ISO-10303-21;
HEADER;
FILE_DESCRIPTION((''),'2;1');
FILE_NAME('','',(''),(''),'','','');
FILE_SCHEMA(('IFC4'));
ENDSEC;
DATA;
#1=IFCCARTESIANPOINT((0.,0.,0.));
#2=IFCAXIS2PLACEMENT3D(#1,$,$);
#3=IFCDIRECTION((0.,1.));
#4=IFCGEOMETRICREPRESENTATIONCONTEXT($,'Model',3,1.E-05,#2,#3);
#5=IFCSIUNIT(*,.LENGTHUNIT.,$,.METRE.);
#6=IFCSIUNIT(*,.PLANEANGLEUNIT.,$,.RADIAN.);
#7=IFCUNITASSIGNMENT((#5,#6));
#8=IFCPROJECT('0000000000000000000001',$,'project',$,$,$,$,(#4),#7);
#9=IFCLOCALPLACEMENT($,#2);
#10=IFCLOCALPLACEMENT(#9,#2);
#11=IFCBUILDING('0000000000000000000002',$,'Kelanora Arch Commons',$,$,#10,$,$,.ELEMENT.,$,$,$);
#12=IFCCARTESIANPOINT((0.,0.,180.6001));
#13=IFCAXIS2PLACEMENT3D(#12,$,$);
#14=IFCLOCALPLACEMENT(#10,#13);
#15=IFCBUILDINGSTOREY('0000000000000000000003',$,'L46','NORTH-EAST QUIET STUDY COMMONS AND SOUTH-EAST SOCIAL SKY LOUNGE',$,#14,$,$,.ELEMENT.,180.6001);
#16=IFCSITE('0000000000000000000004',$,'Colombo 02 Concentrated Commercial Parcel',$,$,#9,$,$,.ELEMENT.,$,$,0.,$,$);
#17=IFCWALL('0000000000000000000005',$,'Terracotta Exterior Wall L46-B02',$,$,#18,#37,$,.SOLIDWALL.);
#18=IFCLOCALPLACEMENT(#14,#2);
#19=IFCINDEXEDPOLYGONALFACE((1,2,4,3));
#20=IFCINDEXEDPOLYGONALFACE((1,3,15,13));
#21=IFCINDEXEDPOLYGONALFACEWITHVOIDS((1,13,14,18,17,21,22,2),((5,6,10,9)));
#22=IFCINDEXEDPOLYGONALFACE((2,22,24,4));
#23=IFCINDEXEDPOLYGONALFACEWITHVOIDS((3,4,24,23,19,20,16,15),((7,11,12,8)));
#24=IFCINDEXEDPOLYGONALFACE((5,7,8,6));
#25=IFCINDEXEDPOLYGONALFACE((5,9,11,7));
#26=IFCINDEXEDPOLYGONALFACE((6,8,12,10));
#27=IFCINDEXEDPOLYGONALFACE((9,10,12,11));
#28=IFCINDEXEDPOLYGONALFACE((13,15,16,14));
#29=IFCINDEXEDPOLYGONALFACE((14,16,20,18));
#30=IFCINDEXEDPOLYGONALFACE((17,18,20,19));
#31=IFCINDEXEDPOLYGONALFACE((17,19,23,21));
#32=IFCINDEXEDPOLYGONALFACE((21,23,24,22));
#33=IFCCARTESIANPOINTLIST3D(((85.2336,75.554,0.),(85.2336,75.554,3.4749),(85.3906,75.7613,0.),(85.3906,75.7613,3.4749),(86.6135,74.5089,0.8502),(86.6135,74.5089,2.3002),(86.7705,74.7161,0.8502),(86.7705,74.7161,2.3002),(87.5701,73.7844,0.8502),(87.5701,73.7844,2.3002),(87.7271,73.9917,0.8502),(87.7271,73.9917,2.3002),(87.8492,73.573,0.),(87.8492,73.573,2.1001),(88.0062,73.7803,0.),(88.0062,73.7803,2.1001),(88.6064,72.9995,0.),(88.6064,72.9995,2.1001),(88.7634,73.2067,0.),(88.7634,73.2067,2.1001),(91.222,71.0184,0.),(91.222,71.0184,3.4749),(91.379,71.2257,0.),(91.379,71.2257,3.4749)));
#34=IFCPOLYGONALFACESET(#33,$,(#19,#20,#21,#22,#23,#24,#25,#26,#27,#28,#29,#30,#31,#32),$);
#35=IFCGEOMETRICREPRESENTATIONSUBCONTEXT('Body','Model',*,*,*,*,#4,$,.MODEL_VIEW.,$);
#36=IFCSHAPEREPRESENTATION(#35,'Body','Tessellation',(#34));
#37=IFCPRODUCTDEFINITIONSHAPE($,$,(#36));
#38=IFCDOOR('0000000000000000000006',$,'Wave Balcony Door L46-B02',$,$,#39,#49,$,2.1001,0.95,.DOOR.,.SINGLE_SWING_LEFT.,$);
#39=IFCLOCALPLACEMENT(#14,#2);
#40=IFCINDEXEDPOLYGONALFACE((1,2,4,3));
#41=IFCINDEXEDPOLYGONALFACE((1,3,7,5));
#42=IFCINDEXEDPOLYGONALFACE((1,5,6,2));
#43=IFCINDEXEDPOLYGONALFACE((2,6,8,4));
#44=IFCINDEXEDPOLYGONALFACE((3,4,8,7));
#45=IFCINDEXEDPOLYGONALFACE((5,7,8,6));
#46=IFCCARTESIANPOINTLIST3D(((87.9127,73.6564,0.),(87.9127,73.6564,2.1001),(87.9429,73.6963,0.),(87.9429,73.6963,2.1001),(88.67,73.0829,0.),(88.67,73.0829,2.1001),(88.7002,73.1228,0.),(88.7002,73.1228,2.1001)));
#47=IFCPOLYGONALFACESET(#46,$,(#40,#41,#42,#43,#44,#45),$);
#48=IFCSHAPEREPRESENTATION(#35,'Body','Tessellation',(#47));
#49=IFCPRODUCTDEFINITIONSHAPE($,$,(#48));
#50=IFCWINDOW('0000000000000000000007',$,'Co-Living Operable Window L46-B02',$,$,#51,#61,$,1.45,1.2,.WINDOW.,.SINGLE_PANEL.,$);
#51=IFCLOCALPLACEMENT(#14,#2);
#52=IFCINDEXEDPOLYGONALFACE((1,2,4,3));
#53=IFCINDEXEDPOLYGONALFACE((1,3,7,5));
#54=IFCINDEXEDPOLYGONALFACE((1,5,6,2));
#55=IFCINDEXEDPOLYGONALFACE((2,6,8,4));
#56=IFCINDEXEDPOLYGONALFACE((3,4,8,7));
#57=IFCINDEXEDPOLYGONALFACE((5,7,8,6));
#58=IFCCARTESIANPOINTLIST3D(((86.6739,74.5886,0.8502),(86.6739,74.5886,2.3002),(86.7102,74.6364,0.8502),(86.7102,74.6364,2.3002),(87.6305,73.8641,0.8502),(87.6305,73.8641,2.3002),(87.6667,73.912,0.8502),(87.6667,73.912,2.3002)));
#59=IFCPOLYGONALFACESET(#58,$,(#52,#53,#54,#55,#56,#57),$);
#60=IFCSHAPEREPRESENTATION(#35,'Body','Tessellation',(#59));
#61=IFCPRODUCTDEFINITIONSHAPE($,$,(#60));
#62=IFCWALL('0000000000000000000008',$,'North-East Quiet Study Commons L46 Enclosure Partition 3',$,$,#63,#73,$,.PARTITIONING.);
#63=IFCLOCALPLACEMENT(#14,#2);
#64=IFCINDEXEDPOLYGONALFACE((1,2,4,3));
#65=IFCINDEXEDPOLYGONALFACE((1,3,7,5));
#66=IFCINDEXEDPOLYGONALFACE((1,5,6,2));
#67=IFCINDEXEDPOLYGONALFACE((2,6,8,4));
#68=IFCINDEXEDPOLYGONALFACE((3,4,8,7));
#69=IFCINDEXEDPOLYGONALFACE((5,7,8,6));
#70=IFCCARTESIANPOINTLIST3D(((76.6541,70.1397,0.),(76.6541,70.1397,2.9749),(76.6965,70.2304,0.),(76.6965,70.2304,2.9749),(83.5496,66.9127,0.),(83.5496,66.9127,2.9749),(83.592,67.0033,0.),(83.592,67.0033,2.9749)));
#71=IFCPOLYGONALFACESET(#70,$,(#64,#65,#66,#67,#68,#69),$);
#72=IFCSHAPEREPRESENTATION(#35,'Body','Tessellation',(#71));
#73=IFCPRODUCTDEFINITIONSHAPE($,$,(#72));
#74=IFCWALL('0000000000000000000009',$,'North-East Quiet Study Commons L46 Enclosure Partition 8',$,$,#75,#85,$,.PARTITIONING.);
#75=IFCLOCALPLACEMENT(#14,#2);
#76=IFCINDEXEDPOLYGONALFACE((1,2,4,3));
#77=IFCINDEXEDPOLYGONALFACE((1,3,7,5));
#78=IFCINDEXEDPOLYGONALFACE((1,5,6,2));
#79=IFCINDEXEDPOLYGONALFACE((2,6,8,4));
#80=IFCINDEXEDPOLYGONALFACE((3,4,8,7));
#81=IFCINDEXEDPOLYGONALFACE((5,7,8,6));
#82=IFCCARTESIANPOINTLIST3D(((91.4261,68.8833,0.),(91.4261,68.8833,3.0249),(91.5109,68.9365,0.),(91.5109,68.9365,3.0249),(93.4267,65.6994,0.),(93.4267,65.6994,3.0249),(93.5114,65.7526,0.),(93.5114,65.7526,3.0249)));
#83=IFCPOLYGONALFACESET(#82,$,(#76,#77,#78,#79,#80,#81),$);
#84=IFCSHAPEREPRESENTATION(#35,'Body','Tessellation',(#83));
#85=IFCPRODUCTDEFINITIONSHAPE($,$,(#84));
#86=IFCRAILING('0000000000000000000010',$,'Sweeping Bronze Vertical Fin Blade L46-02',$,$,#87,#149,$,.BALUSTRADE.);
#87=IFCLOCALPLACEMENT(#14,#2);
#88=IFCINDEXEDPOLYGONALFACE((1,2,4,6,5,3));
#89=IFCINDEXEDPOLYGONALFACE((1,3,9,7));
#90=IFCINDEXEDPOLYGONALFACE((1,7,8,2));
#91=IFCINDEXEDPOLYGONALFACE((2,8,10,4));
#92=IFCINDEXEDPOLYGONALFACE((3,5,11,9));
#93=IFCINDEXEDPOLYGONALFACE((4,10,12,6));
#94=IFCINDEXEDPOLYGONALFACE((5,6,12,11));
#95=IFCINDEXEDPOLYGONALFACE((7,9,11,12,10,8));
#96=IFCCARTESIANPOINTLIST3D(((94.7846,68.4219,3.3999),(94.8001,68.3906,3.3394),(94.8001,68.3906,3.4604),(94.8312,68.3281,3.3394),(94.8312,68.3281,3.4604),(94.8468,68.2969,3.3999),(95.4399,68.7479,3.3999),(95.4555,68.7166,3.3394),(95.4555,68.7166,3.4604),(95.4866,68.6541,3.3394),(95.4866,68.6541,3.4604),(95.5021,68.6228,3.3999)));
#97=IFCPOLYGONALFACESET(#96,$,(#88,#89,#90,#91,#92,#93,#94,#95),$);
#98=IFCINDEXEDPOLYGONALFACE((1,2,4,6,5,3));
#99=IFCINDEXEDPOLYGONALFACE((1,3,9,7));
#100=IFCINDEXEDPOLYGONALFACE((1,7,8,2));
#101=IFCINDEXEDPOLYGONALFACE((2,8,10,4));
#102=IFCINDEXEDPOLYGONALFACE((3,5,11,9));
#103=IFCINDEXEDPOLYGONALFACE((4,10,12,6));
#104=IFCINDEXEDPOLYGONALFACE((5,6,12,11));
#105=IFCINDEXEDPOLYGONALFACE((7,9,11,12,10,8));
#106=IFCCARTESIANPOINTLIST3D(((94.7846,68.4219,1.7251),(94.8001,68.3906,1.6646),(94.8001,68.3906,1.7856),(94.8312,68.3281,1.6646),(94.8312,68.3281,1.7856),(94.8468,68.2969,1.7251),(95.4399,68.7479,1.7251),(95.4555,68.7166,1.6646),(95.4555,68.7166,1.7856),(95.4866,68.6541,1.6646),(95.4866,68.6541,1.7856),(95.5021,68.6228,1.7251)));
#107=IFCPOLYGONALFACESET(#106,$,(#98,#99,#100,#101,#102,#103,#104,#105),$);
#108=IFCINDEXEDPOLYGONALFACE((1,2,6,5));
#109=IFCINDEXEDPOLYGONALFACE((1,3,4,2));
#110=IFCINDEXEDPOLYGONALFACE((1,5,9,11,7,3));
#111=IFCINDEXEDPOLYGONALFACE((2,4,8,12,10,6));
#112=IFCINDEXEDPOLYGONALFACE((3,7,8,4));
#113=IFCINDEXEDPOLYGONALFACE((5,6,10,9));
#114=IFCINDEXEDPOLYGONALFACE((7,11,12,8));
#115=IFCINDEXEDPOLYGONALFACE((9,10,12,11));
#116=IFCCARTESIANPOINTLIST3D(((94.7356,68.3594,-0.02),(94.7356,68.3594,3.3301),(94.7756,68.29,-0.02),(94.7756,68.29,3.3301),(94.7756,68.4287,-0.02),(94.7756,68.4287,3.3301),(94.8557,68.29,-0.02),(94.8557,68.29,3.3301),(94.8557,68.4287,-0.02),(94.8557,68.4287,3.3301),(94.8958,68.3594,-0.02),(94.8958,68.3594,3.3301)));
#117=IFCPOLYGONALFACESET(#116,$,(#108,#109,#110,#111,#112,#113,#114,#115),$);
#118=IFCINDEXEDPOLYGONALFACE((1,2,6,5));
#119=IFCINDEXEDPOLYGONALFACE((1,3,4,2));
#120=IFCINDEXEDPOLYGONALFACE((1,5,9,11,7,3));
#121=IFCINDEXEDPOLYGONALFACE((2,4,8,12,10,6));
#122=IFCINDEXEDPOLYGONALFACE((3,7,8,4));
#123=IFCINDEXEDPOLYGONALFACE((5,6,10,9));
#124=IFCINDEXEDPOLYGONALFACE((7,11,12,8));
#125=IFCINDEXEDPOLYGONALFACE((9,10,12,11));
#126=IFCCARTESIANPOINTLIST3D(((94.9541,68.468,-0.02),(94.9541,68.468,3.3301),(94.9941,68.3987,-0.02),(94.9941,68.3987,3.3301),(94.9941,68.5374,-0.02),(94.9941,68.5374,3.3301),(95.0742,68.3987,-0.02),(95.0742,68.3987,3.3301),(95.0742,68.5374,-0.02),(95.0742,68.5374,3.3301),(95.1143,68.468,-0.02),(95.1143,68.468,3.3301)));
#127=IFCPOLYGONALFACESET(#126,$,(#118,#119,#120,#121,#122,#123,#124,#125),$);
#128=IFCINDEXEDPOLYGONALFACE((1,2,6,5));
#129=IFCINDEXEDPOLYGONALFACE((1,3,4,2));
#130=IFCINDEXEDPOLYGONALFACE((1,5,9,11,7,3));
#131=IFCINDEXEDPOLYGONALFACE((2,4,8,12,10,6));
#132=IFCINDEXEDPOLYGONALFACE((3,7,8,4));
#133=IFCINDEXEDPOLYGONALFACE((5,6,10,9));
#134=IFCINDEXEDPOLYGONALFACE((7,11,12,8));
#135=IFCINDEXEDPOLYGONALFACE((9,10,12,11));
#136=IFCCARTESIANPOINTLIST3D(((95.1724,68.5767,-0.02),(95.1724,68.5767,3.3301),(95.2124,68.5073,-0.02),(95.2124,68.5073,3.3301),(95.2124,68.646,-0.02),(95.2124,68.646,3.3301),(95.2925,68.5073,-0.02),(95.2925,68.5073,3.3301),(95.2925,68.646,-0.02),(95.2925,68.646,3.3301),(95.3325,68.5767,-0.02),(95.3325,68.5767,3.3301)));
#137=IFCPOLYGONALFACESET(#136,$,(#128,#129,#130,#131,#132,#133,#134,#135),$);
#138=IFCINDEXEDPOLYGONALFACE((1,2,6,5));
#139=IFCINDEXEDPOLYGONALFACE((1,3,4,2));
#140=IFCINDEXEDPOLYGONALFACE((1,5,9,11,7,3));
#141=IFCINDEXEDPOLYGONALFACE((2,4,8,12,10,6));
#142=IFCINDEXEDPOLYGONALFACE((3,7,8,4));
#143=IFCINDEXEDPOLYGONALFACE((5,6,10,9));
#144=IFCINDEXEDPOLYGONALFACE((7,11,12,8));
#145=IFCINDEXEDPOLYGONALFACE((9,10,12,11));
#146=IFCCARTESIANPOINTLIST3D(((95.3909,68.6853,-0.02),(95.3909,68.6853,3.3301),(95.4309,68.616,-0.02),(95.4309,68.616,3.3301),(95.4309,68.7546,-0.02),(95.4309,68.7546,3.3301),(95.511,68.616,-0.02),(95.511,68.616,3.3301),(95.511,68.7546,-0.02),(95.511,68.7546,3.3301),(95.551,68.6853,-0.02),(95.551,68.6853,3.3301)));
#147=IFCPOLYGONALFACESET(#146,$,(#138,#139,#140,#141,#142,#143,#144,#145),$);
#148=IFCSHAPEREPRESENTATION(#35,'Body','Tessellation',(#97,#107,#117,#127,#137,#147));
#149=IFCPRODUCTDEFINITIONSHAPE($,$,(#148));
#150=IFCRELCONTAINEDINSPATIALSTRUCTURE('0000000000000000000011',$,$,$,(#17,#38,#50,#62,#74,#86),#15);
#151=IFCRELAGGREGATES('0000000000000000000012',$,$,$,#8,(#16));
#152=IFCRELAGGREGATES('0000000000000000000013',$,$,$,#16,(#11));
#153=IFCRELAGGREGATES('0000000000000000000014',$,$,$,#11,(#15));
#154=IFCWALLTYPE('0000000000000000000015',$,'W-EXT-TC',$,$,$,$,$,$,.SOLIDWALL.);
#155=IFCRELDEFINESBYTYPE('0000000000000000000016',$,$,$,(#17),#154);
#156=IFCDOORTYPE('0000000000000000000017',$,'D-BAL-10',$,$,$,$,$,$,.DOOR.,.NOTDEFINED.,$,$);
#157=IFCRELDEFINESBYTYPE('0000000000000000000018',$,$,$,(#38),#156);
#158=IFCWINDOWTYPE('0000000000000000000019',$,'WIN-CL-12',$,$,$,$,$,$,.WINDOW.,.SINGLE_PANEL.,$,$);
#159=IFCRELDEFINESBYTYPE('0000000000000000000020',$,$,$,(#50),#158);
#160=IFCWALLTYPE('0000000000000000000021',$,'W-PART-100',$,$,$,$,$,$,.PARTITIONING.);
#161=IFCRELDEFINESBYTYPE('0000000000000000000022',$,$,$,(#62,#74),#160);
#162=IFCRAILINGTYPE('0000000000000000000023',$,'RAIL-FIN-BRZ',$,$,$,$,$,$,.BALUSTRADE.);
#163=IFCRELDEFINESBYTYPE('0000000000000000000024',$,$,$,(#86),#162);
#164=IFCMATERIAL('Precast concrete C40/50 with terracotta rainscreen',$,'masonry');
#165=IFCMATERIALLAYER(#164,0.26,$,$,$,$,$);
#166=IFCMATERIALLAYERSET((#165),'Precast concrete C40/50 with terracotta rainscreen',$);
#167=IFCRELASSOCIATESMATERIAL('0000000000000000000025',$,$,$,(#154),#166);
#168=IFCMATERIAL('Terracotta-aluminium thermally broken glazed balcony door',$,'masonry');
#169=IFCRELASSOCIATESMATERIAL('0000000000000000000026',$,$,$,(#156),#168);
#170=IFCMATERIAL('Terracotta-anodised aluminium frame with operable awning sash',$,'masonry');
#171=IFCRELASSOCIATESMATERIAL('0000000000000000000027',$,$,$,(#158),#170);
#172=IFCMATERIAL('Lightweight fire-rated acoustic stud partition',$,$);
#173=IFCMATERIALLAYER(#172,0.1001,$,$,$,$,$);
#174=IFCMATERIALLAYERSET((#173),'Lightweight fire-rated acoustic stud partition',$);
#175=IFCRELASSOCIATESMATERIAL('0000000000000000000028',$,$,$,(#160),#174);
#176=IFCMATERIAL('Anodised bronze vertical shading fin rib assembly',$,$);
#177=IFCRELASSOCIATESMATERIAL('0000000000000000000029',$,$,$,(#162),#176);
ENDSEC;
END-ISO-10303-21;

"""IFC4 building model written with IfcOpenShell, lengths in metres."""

from ifc_helpers import new_model, si_unit, direction, frame, frame_2d, origin, place, context, subcontext, project, spatial, polyline, rectangle, outline, extrude, material, layer, layer_set, type_object, element, fill, save


model = new_model("IFC4")

# Units and contexts
model_context = context("Model", 3, precision=1e-05, world=origin(), true_north=direction((0.0, 1.0)))
body_context = subcontext(model_context, "Body", "Model", "MODEL_VIEW")
ifc_project = project(units=[si_unit("LENGTHUNIT", "METRE"), si_unit("PLANEANGLEUNIT", "RADIAN")], contexts=[model_context])

# Site, building, storey
site_placement = place(None, origin())
site = spatial("IfcSite", under=ifc_project, at=site_placement, Name="Colombo 02 Concentrated Commercial Parcel", CompositionType="ELEMENT", RefElevation=0.0)
building_placement = place(site_placement, origin())
building = spatial("IfcBuilding", under=site, at=building_placement, Name="Kelanora Arch Commons", CompositionType="ELEMENT")
storey_placement = place(building_placement, frame((0.0, 0.0, 180.6001)))
storey = spatial("IfcBuildingStorey", under=building, at=storey_placement, Name="L46", Description="NORTH-EAST QUIET STUDY COMMONS AND SOUTH-EAST SOCIAL SKY LOUNGE", CompositionType="ELEMENT", Elevation=180.6001)

# Shared definitions
ifc_material_1 = material(Name="Precast concrete C40/50 with terracotta rainscreen", Category="masonry")
ifc_layer_1 = layer(ifc_material_1, 0.26)
ifc_layer_set_1 = layer_set([ifc_layer_1], Name="Precast concrete C40/50 with terracotta rainscreen")
wall_type_1 = type_object("IfcWallType", Name="W-EXT-TC", PredefinedType="SOLIDWALL", material=ifc_layer_set_1)

# Wall, openings, door, window
wall_1_placement = place(storey_placement, frame((91.3005, 71.1221, 0.0), z_axis=(0.0, 0.0, 1.0), x_axis=(-0.797164, 0.603763, 0.0)))
wall_1 = element("IfcWall", 1, at=wall_1_placement, inside=storey, type_object=wall_type_1, Name="Terracotta Exterior Wall L46-B02", PredefinedType="SOLIDWALL", context=body_context, shape_type="SweptSolid", body=[
    extrude(rectangle(XDim=7.5122, YDim=0.26, at=frame_2d((3.7561, 0.0))), origin(), (0.0, 0.0, 1.0), 3.4749),
])
opening_1_placement = place(wall_1_placement, frame((3.281, 0.0, 0.0)))
opening_1 = element("IfcOpeningElement", 2, at=opening_1_placement, cuts=wall_1, PredefinedType="OPENING", context=body_context, shape_type="SweptSolid", body=[
    extrude(rectangle(XDim=0.95, YDim=2.1001, at=frame_2d((0.4751, 1.05))), frame((0.0, 0.1401, 0.0), z_axis=(0.0, -1.0, 0.0), x_axis=(1.0, 0.0, 0.0)), (0.0, 0.0, 1.0), 0.28),
])
opening_2_placement = place(wall_1_placement, frame((4.5811, 0.0, 0.8501)))
opening_2 = element("IfcOpeningElement", 3, at=opening_2_placement, cuts=wall_1, PredefinedType="OPENING", context=body_context, shape_type="SweptSolid", body=[
    extrude(rectangle(XDim=1.2, YDim=1.45, at=frame_2d((0.6001, 0.7251))), frame((0.0, 0.1401, 0.0), z_axis=(0.0, -1.0, 0.0), x_axis=(1.0, 0.0, 0.0)), (0.0, 0.0, 1.0), 0.28),
])
ifc_material_2 = material(Name="Terracotta-aluminium thermally broken glazed balcony door", Category="masonry")
door_type = type_object("IfcDoorType", Name="D-BAL-10", OperationType="NOTDEFINED", PredefinedType="DOOR", material=ifc_material_2)
door_placement = place(opening_1_placement, frame((0.95, 0.0, 0.0), z_axis=(0.0, 0.0, 1.0), x_axis=(-1.0, 0.0, 0.0)))
door = element("IfcDoor", 4, at=door_placement, inside=storey, type_object=door_type, Name="Wave Balcony Door L46-B02", OperationType="SINGLE_SWING_LEFT", OverallHeight=2.1001, OverallWidth=0.95, PredefinedType="DOOR", context=body_context, shape_type="SweptSolid", body=[
    extrude(rectangle(XDim=0.95, YDim=2.1001, at=frame_2d((0.4751, 1.05))), frame((0.0, 0.0249, 0.0), z_axis=(0.0, -1.0, 0.0), x_axis=(1.0, 0.0, 0.0)), (0.0, 0.0, 1.0), 0.05),
])
fill(opening_1, door)
ifc_material_3 = material(Name="Terracotta-anodised aluminium frame with operable awning sash", Category="masonry")
window_type_1 = type_object("IfcWindowType", Name="WIN-CL-12", PartitioningType="SINGLE_PANEL", PredefinedType="WINDOW", material=ifc_material_3)
window_1_placement = place(opening_2_placement, origin())
window_1 = element("IfcWindow", 5, at=window_1_placement, inside=storey, type_object=window_type_1, Name="Co-Living Operable Window L46-B02", OverallHeight=1.45, OverallWidth=1.2, PartitioningType="SINGLE_PANEL", PredefinedType="WINDOW", context=body_context, shape_type="SweptSolid", body=[
    extrude(rectangle(XDim=1.2, YDim=1.45, at=frame_2d((0.6001, 0.7251))), frame((0.0, 0.03, 0.0), z_axis=(0.0, -1.0, 0.0), x_axis=(1.0, 0.0, 0.0)), (0.0, 0.0, 1.0), 0.0601),
])
fill(opening_2, window_1)

# Walls
ifc_material_4 = material(Name="Lightweight fire-rated acoustic stud partition")
ifc_layer_2 = layer(ifc_material_4, 0.1001)
ifc_layer_set_2 = layer_set([ifc_layer_2], Name="Lightweight fire-rated acoustic stud partition")
wall_type_2 = type_object("IfcWallType", Name="W-PART-100", PredefinedType="PARTITIONING", material=ifc_layer_set_2)
wall_2_placement = place(storey_placement, frame((83.5708, 66.958, 0.0), z_axis=(0.0, 0.0, 1.0), x_axis=(-0.905722, 0.423872, 0.0)))
element("IfcWall", 6, at=wall_2_placement, inside=storey, type_object=wall_type_2, Name="North-East Quiet Study Commons L46 Enclosure Partition 3", PredefinedType="PARTITIONING", context=body_context, shape_type="SweptSolid", body=[
    extrude(rectangle(XDim=7.6133, YDim=0.1001, at=frame_2d((3.8066, 0.0))), origin(), (0.0, 0.0, 1.0), 2.9749),
])
wall_3_placement = place(storey_placement, frame((91.4685, 68.9099, 0.0), z_axis=(0.0, 0.0, 1.0), x_axis=(0.532023, -0.84673, 0.0)))
element("IfcWall", 7, at=wall_3_placement, inside=storey, type_object=wall_type_2, Name="North-East Quiet Study Commons L46 Enclosure Partition 8", PredefinedType="PARTITIONING", context=body_context, shape_type="SweptSolid", body=[
    extrude(rectangle(XDim=3.7603, YDim=0.1001, at=frame_2d((1.8801, 0.0))), origin(), (0.0, 0.0, 1.0), 3.0249),
])

# Railing
ifc_material_5 = material(Name="Anodised bronze vertical shading fin rib assembly")
railing_type = type_object("IfcRailingType", Name="RAIL-FIN-BRZ", PredefinedType="BALUSTRADE", material=ifc_material_5)
railing_1_placement = place(storey_placement, frame((94.8157, 68.3594, -0.02)))
element("IfcRailing", 8, at=railing_1_placement, inside=storey, type_object=railing_type, Name="Sweeping Bronze Vertical Fin Blade L46-02", PredefinedType="BALUSTRADE", context=body_context, shape_type="SweptSolid", body=[
    extrude(outline(polyline([(0.0698, 0.0), (0.0349, 0.0605), (-0.0349, 0.0605), (-0.0698, 0.0), (-0.0349, -0.0605), (0.0349, -0.0605), (0.0698, 0.0)])), frame((0.0, 0.0, 3.4199), z_axis=(0.895359, 0.445345, 0.0), x_axis=(-0.445345, 0.895359, 0.0)), (0.0, 0.0, 1.0), 0.7319),
    extrude(outline(polyline([(0.0698, 0.0), (0.0349, 0.0605), (-0.0349, 0.0605), (-0.0698, 0.0), (-0.0349, -0.0605), (0.0349, -0.0605), (0.0698, 0.0)])), frame((0.0, 0.0, 1.7451), z_axis=(0.895359, 0.445345, 0.0), x_axis=(-0.445345, 0.895359, 0.0)), (0.0, 0.0, 1.0), 0.7319),
    extrude(outline(polyline([(0.0801, 0.0), (0.04, 0.0693), (-0.04, 0.0693), (-0.0801, 0.0), (-0.04, -0.0693), (0.04, -0.0693), (0.0801, 0.0)])), origin(), (0.0, 0.0, 1.0), 3.3501),
    extrude(outline(polyline([(0.0801, 0.0), (0.04, 0.0693), (-0.04, 0.0693), (-0.0801, 0.0), (-0.04, -0.0693), (0.04, -0.0693), (0.0801, 0.0)])), frame((0.2185, 0.1086, 0.0)), (0.0, 0.0, 1.0), 3.3501),
    extrude(outline(polyline([(0.0801, 0.0), (0.04, 0.0693), (-0.04, 0.0693), (-0.0801, 0.0), (-0.04, -0.0693), (0.04, -0.0693), (0.0801, 0.0)])), frame((0.4368, 0.2173, 0.0)), (0.0, 0.0, 1.0), 3.3501),
    extrude(outline(polyline([(0.0801, 0.0), (0.04, 0.0693), (-0.04, 0.0693), (-0.0801, 0.0), (-0.04, -0.0693), (0.04, -0.0693), (0.0801, 0.0)])), frame((0.6553, 0.3259, 0.0)), (0.0, 0.0, 1.0), 3.3501),
])

save(model, "model.ifc")
